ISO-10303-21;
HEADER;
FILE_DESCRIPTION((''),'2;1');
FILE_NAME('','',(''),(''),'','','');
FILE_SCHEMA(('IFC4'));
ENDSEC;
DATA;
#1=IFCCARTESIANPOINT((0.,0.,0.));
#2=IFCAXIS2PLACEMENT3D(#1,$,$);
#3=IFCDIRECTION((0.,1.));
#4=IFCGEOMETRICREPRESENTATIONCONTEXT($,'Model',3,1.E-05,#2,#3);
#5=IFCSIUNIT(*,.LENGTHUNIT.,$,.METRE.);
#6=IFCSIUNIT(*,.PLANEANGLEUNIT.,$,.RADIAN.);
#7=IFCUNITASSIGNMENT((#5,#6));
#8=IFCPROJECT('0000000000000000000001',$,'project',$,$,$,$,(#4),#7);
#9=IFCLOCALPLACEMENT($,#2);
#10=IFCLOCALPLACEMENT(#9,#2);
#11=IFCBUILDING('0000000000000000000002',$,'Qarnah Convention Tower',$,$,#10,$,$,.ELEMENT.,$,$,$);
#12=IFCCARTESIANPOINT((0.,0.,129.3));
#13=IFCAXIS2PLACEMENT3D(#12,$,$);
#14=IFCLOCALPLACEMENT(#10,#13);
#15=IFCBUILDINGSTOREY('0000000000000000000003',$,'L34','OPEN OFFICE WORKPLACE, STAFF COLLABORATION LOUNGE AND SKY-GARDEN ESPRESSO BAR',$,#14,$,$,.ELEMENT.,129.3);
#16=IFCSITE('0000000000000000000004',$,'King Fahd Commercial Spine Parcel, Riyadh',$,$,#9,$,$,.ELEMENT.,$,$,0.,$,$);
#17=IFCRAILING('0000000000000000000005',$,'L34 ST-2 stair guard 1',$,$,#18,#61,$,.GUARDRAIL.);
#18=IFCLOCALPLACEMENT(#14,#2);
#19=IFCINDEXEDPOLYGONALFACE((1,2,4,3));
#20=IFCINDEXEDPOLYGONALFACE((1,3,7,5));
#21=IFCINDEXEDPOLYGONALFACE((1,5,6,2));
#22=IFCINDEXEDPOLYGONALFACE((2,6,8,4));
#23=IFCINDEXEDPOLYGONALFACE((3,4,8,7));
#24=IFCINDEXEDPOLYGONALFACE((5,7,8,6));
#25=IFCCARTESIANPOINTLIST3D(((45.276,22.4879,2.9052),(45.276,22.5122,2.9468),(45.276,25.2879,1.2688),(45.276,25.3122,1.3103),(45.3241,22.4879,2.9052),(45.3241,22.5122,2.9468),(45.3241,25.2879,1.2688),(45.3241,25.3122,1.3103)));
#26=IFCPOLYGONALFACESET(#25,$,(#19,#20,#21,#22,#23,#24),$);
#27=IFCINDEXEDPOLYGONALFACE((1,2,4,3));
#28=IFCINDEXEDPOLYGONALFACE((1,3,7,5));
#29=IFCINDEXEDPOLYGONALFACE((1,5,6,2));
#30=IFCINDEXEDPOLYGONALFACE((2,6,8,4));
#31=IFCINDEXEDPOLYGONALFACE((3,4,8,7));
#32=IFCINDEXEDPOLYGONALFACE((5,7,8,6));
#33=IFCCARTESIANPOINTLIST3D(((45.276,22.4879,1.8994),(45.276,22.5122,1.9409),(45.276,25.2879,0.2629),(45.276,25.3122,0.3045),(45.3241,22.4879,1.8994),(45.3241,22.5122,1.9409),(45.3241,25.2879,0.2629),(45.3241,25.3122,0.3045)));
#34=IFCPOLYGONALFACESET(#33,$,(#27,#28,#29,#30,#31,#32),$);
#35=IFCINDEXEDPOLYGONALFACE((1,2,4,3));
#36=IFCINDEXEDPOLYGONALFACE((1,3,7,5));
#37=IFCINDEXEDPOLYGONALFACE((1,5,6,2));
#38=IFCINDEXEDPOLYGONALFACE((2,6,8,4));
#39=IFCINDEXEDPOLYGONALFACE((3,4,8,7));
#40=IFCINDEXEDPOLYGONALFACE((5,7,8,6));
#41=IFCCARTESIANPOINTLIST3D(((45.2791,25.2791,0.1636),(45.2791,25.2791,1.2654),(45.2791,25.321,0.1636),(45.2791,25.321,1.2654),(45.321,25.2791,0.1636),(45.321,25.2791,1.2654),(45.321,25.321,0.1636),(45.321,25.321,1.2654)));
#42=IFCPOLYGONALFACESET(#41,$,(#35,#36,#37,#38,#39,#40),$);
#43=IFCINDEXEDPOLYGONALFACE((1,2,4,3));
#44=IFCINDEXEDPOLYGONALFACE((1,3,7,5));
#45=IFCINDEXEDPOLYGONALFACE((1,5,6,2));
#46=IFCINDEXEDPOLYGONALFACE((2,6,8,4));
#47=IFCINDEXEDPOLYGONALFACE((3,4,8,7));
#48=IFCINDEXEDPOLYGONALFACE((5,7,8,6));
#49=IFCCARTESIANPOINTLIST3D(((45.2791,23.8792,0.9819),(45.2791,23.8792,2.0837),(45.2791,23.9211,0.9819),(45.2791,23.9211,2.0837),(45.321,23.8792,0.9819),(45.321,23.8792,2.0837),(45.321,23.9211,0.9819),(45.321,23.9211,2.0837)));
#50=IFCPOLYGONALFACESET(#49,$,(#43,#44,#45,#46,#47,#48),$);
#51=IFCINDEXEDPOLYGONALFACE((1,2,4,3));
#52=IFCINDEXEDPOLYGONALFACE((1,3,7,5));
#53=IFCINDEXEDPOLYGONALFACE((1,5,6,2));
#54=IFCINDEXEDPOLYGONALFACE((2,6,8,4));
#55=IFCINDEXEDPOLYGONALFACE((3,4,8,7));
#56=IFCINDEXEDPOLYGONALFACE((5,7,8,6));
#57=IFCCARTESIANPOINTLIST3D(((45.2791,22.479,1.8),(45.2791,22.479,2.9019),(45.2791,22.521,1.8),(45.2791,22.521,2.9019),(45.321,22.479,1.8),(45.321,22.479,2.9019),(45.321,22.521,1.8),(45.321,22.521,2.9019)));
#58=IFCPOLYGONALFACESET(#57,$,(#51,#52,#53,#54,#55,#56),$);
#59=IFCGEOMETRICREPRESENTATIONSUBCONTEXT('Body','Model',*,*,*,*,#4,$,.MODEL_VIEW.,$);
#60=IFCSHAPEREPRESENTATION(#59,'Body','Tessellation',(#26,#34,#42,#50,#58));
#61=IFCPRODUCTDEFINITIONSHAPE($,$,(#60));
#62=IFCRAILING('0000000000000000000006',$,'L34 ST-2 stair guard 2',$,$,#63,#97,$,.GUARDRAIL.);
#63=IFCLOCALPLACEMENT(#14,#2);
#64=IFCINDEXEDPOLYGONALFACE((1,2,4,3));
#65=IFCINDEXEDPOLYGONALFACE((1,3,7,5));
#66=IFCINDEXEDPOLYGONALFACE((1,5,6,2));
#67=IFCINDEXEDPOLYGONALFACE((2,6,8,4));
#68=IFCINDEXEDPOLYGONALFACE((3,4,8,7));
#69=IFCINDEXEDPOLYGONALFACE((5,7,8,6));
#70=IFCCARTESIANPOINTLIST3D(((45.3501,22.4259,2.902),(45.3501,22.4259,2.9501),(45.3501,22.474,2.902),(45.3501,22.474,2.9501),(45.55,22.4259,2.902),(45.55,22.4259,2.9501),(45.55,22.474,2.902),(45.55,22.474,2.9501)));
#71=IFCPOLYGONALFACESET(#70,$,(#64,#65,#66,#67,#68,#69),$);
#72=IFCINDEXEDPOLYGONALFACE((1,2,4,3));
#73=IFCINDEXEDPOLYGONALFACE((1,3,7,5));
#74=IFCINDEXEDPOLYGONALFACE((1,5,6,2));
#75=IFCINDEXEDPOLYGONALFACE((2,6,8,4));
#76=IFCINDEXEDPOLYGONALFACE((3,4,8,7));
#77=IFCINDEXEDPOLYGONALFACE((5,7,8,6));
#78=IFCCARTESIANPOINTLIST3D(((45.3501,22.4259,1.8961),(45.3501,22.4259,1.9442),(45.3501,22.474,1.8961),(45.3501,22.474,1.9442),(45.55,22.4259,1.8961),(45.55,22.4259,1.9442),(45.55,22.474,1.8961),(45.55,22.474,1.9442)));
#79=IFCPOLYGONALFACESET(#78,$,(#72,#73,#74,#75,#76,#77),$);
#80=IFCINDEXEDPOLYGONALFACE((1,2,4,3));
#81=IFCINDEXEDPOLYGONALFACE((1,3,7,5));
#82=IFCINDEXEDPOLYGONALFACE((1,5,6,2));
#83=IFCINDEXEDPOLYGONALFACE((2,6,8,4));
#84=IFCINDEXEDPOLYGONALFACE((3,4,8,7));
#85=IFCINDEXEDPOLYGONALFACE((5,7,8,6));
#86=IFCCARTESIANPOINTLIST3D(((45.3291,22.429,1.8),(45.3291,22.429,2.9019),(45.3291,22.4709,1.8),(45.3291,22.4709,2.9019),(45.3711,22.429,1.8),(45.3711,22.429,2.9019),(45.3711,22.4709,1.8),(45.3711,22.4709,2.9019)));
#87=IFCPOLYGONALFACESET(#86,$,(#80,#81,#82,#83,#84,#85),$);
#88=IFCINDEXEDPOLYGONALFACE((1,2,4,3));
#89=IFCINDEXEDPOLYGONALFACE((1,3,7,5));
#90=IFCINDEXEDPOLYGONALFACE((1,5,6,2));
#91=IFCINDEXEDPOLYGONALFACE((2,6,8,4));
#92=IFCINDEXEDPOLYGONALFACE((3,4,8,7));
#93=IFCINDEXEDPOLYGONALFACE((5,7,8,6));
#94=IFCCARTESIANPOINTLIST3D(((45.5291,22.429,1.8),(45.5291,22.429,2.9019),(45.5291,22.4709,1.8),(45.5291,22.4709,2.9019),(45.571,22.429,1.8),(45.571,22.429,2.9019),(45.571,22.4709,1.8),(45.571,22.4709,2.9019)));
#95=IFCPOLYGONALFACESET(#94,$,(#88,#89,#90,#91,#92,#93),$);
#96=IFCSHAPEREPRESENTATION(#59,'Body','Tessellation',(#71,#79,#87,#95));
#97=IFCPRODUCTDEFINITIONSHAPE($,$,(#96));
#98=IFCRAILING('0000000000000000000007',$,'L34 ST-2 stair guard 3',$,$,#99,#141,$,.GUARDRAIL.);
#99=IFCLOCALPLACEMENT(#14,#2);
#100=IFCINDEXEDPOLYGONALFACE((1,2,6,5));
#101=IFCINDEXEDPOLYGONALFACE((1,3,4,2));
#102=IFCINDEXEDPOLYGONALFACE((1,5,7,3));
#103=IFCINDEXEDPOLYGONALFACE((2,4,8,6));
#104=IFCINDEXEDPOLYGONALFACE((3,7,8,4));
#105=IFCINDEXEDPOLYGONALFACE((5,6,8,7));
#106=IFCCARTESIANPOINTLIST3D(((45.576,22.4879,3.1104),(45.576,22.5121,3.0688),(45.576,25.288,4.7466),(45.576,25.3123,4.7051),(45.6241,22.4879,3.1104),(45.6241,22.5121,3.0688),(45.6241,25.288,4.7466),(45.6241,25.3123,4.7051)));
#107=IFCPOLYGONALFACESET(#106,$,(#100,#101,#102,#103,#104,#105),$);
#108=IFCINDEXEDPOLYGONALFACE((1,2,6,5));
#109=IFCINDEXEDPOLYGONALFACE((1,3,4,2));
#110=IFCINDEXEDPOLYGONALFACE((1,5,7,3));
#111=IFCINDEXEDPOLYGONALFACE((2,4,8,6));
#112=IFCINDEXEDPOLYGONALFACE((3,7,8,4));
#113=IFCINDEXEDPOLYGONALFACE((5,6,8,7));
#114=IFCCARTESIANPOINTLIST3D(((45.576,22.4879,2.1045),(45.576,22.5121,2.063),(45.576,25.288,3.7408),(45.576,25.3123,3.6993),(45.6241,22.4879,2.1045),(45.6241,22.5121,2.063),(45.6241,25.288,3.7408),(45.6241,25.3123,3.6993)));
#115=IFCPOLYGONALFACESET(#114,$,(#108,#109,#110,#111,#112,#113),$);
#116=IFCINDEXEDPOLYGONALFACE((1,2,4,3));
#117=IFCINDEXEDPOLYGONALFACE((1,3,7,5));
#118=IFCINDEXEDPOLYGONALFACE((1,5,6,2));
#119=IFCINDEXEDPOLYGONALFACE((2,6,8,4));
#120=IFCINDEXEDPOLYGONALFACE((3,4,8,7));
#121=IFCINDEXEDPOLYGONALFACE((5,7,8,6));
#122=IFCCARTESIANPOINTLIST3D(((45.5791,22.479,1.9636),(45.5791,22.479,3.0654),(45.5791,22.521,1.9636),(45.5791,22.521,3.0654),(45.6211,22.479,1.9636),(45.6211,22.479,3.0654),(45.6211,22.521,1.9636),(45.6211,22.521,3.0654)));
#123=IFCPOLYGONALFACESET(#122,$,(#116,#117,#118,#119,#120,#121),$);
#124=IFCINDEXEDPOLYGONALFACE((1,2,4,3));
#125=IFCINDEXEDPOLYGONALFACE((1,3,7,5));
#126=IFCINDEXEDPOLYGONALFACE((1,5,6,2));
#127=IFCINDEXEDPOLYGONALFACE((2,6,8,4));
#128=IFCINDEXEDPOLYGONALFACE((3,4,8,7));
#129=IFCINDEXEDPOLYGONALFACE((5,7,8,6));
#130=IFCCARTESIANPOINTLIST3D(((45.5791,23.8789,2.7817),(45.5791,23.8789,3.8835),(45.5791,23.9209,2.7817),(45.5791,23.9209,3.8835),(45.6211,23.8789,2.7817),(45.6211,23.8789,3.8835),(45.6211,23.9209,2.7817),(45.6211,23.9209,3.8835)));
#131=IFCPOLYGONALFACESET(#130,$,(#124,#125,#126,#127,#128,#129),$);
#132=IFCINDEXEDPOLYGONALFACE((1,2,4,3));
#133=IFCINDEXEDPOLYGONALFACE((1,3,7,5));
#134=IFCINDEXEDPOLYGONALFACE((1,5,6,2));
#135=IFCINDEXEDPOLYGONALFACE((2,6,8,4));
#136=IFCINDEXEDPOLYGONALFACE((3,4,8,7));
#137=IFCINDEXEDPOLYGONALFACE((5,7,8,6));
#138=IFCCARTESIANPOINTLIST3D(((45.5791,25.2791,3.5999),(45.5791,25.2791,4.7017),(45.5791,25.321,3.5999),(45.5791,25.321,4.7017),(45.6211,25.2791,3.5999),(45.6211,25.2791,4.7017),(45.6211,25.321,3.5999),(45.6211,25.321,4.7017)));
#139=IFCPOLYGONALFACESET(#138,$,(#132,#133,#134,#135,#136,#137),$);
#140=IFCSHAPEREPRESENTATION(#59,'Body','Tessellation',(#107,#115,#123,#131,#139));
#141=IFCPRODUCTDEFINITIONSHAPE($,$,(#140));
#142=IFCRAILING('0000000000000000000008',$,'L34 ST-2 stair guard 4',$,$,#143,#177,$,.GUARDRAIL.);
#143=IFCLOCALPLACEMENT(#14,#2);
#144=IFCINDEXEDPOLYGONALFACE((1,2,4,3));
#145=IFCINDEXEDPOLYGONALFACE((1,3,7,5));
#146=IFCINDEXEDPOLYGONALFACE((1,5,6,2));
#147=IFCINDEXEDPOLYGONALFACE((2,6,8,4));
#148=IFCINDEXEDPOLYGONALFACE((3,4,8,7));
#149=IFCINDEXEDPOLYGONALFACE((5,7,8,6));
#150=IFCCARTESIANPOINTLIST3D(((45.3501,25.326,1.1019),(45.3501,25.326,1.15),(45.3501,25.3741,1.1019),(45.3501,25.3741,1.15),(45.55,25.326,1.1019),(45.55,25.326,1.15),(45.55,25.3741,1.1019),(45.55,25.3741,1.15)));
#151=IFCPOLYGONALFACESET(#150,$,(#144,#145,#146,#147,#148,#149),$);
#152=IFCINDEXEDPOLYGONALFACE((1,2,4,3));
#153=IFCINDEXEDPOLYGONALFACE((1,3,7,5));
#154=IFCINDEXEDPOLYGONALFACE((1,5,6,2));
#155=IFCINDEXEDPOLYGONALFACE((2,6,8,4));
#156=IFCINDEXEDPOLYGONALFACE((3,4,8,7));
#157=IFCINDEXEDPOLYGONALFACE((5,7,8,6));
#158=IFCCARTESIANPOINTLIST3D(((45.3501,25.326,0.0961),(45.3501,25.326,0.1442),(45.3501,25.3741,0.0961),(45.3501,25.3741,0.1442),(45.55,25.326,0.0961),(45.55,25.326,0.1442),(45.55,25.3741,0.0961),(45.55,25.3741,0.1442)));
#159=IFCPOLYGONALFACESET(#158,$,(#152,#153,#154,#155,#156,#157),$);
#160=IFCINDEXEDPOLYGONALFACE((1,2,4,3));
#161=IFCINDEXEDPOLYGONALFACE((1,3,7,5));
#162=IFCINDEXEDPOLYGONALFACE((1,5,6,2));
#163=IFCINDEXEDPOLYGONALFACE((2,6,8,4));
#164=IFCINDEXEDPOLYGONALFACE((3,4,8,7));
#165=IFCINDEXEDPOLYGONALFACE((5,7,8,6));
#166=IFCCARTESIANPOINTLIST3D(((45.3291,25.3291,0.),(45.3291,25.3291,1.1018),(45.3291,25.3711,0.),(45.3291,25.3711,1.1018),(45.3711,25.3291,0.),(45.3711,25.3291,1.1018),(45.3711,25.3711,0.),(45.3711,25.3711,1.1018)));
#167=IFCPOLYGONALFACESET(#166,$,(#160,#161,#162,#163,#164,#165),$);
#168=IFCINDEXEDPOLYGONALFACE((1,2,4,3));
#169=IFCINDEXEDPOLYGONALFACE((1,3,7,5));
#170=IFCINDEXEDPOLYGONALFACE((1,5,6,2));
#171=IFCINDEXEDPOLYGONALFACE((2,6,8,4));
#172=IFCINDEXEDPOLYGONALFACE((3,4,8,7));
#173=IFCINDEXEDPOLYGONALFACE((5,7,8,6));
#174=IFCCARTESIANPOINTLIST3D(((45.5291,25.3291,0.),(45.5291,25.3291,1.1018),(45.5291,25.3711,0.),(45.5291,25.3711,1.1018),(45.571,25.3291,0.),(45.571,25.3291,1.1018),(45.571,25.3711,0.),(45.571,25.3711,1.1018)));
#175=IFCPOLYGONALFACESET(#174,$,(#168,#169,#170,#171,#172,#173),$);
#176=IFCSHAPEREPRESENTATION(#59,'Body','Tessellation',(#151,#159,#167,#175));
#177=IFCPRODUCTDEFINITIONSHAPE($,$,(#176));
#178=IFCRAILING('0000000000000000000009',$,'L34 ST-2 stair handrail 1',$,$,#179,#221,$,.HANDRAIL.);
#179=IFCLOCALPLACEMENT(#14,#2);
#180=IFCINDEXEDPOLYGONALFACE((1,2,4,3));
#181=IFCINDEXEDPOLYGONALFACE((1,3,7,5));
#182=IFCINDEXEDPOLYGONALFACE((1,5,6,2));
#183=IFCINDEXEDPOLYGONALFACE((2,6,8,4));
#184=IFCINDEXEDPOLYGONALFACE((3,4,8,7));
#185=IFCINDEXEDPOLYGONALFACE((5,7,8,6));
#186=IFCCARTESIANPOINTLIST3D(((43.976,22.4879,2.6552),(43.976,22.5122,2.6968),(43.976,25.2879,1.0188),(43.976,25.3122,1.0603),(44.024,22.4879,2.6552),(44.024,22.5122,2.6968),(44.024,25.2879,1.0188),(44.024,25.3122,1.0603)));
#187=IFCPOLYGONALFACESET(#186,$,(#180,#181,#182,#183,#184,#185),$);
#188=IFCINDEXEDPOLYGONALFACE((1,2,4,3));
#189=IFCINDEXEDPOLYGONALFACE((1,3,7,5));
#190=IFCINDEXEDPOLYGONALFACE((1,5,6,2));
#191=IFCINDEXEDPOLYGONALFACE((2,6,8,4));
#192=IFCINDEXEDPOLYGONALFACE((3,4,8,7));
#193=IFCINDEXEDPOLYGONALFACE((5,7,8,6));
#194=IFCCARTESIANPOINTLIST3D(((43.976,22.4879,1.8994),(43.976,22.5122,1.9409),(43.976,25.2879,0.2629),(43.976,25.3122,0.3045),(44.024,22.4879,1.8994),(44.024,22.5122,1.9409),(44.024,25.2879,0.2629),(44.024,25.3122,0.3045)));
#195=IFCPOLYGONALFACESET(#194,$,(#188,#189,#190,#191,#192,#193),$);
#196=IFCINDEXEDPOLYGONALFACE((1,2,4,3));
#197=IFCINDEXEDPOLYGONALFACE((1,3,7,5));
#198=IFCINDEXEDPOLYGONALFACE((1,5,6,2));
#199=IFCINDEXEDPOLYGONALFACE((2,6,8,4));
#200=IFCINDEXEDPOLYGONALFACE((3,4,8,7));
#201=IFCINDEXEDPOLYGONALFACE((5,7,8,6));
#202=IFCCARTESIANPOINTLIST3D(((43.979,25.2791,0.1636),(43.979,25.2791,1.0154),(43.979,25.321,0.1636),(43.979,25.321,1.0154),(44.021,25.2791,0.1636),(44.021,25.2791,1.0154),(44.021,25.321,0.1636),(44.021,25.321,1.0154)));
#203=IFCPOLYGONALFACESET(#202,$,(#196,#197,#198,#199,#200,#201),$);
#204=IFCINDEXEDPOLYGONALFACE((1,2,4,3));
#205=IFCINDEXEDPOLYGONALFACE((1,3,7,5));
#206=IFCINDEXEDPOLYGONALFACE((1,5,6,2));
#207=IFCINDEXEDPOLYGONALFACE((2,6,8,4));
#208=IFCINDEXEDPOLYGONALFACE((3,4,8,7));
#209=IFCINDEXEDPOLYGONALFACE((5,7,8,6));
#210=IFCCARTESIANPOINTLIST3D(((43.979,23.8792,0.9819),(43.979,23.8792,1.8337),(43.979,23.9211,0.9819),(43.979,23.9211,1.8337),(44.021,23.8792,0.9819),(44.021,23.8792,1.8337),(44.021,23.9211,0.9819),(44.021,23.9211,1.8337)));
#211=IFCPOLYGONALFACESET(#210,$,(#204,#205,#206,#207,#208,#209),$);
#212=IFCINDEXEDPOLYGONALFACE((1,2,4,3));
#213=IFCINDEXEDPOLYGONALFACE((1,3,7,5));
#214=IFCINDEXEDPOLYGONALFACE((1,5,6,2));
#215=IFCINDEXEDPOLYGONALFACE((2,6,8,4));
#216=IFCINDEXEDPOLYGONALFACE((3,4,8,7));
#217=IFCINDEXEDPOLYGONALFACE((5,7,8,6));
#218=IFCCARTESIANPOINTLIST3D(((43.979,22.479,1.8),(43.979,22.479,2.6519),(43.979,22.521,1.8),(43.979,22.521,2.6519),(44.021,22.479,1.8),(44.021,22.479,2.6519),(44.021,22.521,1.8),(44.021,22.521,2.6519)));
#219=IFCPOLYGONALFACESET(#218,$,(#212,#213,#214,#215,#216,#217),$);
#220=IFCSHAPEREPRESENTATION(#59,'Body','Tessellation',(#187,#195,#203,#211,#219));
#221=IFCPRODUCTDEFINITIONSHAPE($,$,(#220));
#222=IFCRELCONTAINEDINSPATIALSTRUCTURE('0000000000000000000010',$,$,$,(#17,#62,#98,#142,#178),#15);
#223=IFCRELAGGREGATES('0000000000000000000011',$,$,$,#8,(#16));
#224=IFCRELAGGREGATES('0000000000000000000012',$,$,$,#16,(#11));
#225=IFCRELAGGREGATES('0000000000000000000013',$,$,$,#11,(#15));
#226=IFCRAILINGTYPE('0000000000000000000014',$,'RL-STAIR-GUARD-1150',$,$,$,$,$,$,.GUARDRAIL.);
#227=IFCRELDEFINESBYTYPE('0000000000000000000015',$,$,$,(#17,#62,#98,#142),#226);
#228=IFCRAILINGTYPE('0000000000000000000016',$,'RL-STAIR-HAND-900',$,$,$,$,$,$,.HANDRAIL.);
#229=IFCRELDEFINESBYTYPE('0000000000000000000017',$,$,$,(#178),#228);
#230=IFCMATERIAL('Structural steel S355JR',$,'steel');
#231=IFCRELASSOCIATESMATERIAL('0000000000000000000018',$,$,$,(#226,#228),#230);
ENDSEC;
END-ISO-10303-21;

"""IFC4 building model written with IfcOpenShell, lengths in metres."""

from ifc_helpers import new_model, si_unit, direction, frame, origin, origin_2d, place, context, subcontext, project, spatial, rectangle, extrude, material, type_object, element, save


model = new_model("IFC4")

# Units and contexts
model_context = context("Model", 3, precision=1e-05, world=origin(), true_north=direction((0.0, 1.0)))
body_context = subcontext(model_context, "Body", "Model", "MODEL_VIEW")
ifc_project = project(units=[si_unit("LENGTHUNIT", "METRE"), si_unit("PLANEANGLEUNIT", "RADIAN")], contexts=[model_context])

# Site, building, storey
site_placement = place(None, origin())
site = spatial("IfcSite", under=ifc_project, at=site_placement, Name="King Fahd Commercial Spine Parcel, Riyadh", CompositionType="ELEMENT", RefElevation=0.0)
building_placement = place(site_placement, origin())
building = spatial("IfcBuilding", under=site, at=building_placement, Name="Qarnah Convention Tower", CompositionType="ELEMENT")
storey_placement = place(building_placement, frame((0.0, 0.0, 129.3)))
storey = spatial("IfcBuildingStorey", under=building, at=storey_placement, Name="L34", Description="OPEN OFFICE WORKPLACE, STAFF COLLABORATION LOUNGE AND SKY-GARDEN ESPRESSO BAR", CompositionType="ELEMENT", Elevation=129.3)

# Shared definitions
ifc_material_1 = material(Name="Structural steel S355JR", Category="steel")

# Railings
railing_type_1 = type_object("IfcRailingType", Name="RL-STAIR-GUARD-1150", PredefinedType="GUARDRAIL", material=ifc_material_1)
railing_1_placement = place(storey_placement, frame((45.3, 25.3, 0.1636)))
element("IfcRailing", 1, at=railing_1_placement, inside=storey, type_object=railing_type_1, Name="L34 ST-2 stair guard 1", PredefinedType="GUARDRAIL", context=body_context, shape_type="SweptSolid", body=[
    extrude(rectangle(XDim=0.0481, YDim=0.0481, at=origin_2d()), frame((0.0, 0.0, 1.126), z_axis=(0.0, -0.863361, 0.504587), x_axis=(1.0, 0.0, 0.0)), (0.0, 0.0, 1.0), 3.2432),
    extrude(rectangle(XDim=0.0481, YDim=0.0481, at=origin_2d()), frame((0.0, 0.0, 0.1201), z_axis=(0.0, -0.863361, 0.504587), x_axis=(1.0, 0.0, 0.0)), (0.0, 0.0, 1.0), 3.2432),
    extrude(rectangle(XDim=0.042, YDim=0.042, at=origin_2d()), origin(), (0.0, 0.0, 1.0), 1.1018),
    extrude(rectangle(XDim=0.042, YDim=0.042, at=origin_2d()), frame((0.0, -1.3999, 0.8184)), (0.0, 0.0, 1.0), 1.1018),
    extrude(rectangle(XDim=0.042, YDim=0.042, at=origin_2d()), frame((0.0, -2.8, 1.6365)), (0.0, 0.0, 1.0), 1.1018),
])
railing_2_placement = place(storey_placement, frame((45.3501, 22.45, 1.8)))
element("IfcRailing", 2, at=railing_2_placement, inside=storey, type_object=railing_type_1, Name="L34 ST-2 stair guard 2", PredefinedType="GUARDRAIL", context=body_context, shape_type="SweptSolid", body=[
    extrude(rectangle(XDim=0.0481, YDim=0.0481, at=origin_2d()), frame((0.0, 0.0, 1.126), z_axis=(1.0, 0.0, 0.0), x_axis=(0.0, 1.0, 0.0)), (0.0, 0.0, 1.0), 0.2),
    extrude(rectangle(XDim=0.0481, YDim=0.0481, at=origin_2d()), frame((0.0, 0.0, 0.1201), z_axis=(1.0, 0.0, 0.0), x_axis=(0.0, 1.0, 0.0)), (0.0, 0.0, 1.0), 0.2),
    extrude(rectangle(XDim=0.042, YDim=0.042, at=origin_2d()), origin(), (0.0, 0.0, 1.0), 1.1018),
    extrude(rectangle(XDim=0.042, YDim=0.042, at=origin_2d()), frame((0.2, 0.0, 0.0)), (0.0, 0.0, 1.0), 1.1018),
])
railing_3_placement = place(storey_placement, frame((45.6001, 22.5, 1.9636)))
element("IfcRailing", 3, at=railing_3_placement, inside=storey, type_object=railing_type_1, Name="L34 ST-2 stair guard 3", PredefinedType="GUARDRAIL", context=body_context, shape_type="SweptSolid", body=[
    extrude(rectangle(XDim=0.0481, YDim=0.0481, at=origin_2d()), frame((0.0, 0.0, 1.126), z_axis=(0.0, 0.863394, 0.504531), x_axis=(-1.0, 0.0, 0.0)), (0.0, 0.0, 1.0), 3.2432),
    extrude(rectangle(XDim=0.0481, YDim=0.0481, at=origin_2d()), frame((0.0, 0.0, 0.1201), z_axis=(0.0, 0.863394, 0.504531), x_axis=(-1.0, 0.0, 0.0)), (0.0, 0.0, 1.0), 3.2432),
    extrude(rectangle(XDim=0.042, YDim=0.042, at=origin_2d()), origin(), (0.0, 0.0, 1.0), 1.1018),
    extrude(rectangle(XDim=0.042, YDim=0.042, at=origin_2d()), frame((0.0, 1.3999, 0.8181)), (0.0, 0.0, 1.0), 1.1018),
    extrude(rectangle(XDim=0.042, YDim=0.042, at=origin_2d()), frame((0.0, 2.8, 1.6362)), (0.0, 0.0, 1.0), 1.1018),
])
railing_4_placement = place(storey_placement, frame((45.3501, 25.3501, 0.0)))
element("IfcRailing", 4, at=railing_4_placement, inside=storey, type_object=railing_type_1, Name="L34 ST-2 stair guard 4", PredefinedType="GUARDRAIL", context=body_context, shape_type="SweptSolid", body=[
    extrude(rectangle(XDim=0.0481, YDim=0.0481, at=origin_2d()), frame((0.0, 0.0, 1.126), z_axis=(1.0, 0.0, 0.0), x_axis=(0.0, 1.0, 0.0)), (0.0, 0.0, 1.0), 0.2),
    extrude(rectangle(XDim=0.0481, YDim=0.0481, at=origin_2d()), frame((0.0, 0.0, 0.1201), z_axis=(1.0, 0.0, 0.0), x_axis=(0.0, 1.0, 0.0)), (0.0, 0.0, 1.0), 0.2),
    extrude(rectangle(XDim=0.042, YDim=0.042, at=origin_2d()), origin(), (0.0, 0.0, 1.0), 1.1018),
    extrude(rectangle(XDim=0.042, YDim=0.042, at=origin_2d()), frame((0.2, 0.0, 0.0)), (0.0, 0.0, 1.0), 1.1018),
])
railing_type_2 = type_object("IfcRailingType", Name="RL-STAIR-HAND-900", PredefinedType="HANDRAIL", material=ifc_material_1)
railing_5_placement = place(storey_placement, frame((44.0, 25.3, 0.1636)))
element("IfcRailing", 5, at=railing_5_placement, inside=storey, type_object=railing_type_2, Name="L34 ST-2 stair handrail 1", PredefinedType="HANDRAIL", context=body_context, shape_type="SweptSolid", body=[
    extrude(rectangle(XDim=0.0481, YDim=0.0481, at=origin_2d()), frame((0.0, 0.0, 0.876), z_axis=(0.0, -0.863361, 0.504587), x_axis=(1.0, 0.0, 0.0)), (0.0, 0.0, 1.0), 3.2432),
    extrude(rectangle(XDim=0.0481, YDim=0.0481, at=origin_2d()), frame((0.0, 0.0, 0.1201), z_axis=(0.0, -0.863361, 0.504587), x_axis=(1.0, 0.0, 0.0)), (0.0, 0.0, 1.0), 3.2432),
    extrude(rectangle(XDim=0.042, YDim=0.042, at=origin_2d()), origin(), (0.0, 0.0, 1.0), 0.8518),
    extrude(rectangle(XDim=0.042, YDim=0.042, at=origin_2d()), frame((0.0, -1.3999, 0.8184)), (0.0, 0.0, 1.0), 0.8518),
    extrude(rectangle(XDim=0.042, YDim=0.042, at=origin_2d()), frame((0.0, -2.8, 1.6365)), (0.0, 0.0, 1.0), 0.8518),
])

save(model, "model.ifc")
